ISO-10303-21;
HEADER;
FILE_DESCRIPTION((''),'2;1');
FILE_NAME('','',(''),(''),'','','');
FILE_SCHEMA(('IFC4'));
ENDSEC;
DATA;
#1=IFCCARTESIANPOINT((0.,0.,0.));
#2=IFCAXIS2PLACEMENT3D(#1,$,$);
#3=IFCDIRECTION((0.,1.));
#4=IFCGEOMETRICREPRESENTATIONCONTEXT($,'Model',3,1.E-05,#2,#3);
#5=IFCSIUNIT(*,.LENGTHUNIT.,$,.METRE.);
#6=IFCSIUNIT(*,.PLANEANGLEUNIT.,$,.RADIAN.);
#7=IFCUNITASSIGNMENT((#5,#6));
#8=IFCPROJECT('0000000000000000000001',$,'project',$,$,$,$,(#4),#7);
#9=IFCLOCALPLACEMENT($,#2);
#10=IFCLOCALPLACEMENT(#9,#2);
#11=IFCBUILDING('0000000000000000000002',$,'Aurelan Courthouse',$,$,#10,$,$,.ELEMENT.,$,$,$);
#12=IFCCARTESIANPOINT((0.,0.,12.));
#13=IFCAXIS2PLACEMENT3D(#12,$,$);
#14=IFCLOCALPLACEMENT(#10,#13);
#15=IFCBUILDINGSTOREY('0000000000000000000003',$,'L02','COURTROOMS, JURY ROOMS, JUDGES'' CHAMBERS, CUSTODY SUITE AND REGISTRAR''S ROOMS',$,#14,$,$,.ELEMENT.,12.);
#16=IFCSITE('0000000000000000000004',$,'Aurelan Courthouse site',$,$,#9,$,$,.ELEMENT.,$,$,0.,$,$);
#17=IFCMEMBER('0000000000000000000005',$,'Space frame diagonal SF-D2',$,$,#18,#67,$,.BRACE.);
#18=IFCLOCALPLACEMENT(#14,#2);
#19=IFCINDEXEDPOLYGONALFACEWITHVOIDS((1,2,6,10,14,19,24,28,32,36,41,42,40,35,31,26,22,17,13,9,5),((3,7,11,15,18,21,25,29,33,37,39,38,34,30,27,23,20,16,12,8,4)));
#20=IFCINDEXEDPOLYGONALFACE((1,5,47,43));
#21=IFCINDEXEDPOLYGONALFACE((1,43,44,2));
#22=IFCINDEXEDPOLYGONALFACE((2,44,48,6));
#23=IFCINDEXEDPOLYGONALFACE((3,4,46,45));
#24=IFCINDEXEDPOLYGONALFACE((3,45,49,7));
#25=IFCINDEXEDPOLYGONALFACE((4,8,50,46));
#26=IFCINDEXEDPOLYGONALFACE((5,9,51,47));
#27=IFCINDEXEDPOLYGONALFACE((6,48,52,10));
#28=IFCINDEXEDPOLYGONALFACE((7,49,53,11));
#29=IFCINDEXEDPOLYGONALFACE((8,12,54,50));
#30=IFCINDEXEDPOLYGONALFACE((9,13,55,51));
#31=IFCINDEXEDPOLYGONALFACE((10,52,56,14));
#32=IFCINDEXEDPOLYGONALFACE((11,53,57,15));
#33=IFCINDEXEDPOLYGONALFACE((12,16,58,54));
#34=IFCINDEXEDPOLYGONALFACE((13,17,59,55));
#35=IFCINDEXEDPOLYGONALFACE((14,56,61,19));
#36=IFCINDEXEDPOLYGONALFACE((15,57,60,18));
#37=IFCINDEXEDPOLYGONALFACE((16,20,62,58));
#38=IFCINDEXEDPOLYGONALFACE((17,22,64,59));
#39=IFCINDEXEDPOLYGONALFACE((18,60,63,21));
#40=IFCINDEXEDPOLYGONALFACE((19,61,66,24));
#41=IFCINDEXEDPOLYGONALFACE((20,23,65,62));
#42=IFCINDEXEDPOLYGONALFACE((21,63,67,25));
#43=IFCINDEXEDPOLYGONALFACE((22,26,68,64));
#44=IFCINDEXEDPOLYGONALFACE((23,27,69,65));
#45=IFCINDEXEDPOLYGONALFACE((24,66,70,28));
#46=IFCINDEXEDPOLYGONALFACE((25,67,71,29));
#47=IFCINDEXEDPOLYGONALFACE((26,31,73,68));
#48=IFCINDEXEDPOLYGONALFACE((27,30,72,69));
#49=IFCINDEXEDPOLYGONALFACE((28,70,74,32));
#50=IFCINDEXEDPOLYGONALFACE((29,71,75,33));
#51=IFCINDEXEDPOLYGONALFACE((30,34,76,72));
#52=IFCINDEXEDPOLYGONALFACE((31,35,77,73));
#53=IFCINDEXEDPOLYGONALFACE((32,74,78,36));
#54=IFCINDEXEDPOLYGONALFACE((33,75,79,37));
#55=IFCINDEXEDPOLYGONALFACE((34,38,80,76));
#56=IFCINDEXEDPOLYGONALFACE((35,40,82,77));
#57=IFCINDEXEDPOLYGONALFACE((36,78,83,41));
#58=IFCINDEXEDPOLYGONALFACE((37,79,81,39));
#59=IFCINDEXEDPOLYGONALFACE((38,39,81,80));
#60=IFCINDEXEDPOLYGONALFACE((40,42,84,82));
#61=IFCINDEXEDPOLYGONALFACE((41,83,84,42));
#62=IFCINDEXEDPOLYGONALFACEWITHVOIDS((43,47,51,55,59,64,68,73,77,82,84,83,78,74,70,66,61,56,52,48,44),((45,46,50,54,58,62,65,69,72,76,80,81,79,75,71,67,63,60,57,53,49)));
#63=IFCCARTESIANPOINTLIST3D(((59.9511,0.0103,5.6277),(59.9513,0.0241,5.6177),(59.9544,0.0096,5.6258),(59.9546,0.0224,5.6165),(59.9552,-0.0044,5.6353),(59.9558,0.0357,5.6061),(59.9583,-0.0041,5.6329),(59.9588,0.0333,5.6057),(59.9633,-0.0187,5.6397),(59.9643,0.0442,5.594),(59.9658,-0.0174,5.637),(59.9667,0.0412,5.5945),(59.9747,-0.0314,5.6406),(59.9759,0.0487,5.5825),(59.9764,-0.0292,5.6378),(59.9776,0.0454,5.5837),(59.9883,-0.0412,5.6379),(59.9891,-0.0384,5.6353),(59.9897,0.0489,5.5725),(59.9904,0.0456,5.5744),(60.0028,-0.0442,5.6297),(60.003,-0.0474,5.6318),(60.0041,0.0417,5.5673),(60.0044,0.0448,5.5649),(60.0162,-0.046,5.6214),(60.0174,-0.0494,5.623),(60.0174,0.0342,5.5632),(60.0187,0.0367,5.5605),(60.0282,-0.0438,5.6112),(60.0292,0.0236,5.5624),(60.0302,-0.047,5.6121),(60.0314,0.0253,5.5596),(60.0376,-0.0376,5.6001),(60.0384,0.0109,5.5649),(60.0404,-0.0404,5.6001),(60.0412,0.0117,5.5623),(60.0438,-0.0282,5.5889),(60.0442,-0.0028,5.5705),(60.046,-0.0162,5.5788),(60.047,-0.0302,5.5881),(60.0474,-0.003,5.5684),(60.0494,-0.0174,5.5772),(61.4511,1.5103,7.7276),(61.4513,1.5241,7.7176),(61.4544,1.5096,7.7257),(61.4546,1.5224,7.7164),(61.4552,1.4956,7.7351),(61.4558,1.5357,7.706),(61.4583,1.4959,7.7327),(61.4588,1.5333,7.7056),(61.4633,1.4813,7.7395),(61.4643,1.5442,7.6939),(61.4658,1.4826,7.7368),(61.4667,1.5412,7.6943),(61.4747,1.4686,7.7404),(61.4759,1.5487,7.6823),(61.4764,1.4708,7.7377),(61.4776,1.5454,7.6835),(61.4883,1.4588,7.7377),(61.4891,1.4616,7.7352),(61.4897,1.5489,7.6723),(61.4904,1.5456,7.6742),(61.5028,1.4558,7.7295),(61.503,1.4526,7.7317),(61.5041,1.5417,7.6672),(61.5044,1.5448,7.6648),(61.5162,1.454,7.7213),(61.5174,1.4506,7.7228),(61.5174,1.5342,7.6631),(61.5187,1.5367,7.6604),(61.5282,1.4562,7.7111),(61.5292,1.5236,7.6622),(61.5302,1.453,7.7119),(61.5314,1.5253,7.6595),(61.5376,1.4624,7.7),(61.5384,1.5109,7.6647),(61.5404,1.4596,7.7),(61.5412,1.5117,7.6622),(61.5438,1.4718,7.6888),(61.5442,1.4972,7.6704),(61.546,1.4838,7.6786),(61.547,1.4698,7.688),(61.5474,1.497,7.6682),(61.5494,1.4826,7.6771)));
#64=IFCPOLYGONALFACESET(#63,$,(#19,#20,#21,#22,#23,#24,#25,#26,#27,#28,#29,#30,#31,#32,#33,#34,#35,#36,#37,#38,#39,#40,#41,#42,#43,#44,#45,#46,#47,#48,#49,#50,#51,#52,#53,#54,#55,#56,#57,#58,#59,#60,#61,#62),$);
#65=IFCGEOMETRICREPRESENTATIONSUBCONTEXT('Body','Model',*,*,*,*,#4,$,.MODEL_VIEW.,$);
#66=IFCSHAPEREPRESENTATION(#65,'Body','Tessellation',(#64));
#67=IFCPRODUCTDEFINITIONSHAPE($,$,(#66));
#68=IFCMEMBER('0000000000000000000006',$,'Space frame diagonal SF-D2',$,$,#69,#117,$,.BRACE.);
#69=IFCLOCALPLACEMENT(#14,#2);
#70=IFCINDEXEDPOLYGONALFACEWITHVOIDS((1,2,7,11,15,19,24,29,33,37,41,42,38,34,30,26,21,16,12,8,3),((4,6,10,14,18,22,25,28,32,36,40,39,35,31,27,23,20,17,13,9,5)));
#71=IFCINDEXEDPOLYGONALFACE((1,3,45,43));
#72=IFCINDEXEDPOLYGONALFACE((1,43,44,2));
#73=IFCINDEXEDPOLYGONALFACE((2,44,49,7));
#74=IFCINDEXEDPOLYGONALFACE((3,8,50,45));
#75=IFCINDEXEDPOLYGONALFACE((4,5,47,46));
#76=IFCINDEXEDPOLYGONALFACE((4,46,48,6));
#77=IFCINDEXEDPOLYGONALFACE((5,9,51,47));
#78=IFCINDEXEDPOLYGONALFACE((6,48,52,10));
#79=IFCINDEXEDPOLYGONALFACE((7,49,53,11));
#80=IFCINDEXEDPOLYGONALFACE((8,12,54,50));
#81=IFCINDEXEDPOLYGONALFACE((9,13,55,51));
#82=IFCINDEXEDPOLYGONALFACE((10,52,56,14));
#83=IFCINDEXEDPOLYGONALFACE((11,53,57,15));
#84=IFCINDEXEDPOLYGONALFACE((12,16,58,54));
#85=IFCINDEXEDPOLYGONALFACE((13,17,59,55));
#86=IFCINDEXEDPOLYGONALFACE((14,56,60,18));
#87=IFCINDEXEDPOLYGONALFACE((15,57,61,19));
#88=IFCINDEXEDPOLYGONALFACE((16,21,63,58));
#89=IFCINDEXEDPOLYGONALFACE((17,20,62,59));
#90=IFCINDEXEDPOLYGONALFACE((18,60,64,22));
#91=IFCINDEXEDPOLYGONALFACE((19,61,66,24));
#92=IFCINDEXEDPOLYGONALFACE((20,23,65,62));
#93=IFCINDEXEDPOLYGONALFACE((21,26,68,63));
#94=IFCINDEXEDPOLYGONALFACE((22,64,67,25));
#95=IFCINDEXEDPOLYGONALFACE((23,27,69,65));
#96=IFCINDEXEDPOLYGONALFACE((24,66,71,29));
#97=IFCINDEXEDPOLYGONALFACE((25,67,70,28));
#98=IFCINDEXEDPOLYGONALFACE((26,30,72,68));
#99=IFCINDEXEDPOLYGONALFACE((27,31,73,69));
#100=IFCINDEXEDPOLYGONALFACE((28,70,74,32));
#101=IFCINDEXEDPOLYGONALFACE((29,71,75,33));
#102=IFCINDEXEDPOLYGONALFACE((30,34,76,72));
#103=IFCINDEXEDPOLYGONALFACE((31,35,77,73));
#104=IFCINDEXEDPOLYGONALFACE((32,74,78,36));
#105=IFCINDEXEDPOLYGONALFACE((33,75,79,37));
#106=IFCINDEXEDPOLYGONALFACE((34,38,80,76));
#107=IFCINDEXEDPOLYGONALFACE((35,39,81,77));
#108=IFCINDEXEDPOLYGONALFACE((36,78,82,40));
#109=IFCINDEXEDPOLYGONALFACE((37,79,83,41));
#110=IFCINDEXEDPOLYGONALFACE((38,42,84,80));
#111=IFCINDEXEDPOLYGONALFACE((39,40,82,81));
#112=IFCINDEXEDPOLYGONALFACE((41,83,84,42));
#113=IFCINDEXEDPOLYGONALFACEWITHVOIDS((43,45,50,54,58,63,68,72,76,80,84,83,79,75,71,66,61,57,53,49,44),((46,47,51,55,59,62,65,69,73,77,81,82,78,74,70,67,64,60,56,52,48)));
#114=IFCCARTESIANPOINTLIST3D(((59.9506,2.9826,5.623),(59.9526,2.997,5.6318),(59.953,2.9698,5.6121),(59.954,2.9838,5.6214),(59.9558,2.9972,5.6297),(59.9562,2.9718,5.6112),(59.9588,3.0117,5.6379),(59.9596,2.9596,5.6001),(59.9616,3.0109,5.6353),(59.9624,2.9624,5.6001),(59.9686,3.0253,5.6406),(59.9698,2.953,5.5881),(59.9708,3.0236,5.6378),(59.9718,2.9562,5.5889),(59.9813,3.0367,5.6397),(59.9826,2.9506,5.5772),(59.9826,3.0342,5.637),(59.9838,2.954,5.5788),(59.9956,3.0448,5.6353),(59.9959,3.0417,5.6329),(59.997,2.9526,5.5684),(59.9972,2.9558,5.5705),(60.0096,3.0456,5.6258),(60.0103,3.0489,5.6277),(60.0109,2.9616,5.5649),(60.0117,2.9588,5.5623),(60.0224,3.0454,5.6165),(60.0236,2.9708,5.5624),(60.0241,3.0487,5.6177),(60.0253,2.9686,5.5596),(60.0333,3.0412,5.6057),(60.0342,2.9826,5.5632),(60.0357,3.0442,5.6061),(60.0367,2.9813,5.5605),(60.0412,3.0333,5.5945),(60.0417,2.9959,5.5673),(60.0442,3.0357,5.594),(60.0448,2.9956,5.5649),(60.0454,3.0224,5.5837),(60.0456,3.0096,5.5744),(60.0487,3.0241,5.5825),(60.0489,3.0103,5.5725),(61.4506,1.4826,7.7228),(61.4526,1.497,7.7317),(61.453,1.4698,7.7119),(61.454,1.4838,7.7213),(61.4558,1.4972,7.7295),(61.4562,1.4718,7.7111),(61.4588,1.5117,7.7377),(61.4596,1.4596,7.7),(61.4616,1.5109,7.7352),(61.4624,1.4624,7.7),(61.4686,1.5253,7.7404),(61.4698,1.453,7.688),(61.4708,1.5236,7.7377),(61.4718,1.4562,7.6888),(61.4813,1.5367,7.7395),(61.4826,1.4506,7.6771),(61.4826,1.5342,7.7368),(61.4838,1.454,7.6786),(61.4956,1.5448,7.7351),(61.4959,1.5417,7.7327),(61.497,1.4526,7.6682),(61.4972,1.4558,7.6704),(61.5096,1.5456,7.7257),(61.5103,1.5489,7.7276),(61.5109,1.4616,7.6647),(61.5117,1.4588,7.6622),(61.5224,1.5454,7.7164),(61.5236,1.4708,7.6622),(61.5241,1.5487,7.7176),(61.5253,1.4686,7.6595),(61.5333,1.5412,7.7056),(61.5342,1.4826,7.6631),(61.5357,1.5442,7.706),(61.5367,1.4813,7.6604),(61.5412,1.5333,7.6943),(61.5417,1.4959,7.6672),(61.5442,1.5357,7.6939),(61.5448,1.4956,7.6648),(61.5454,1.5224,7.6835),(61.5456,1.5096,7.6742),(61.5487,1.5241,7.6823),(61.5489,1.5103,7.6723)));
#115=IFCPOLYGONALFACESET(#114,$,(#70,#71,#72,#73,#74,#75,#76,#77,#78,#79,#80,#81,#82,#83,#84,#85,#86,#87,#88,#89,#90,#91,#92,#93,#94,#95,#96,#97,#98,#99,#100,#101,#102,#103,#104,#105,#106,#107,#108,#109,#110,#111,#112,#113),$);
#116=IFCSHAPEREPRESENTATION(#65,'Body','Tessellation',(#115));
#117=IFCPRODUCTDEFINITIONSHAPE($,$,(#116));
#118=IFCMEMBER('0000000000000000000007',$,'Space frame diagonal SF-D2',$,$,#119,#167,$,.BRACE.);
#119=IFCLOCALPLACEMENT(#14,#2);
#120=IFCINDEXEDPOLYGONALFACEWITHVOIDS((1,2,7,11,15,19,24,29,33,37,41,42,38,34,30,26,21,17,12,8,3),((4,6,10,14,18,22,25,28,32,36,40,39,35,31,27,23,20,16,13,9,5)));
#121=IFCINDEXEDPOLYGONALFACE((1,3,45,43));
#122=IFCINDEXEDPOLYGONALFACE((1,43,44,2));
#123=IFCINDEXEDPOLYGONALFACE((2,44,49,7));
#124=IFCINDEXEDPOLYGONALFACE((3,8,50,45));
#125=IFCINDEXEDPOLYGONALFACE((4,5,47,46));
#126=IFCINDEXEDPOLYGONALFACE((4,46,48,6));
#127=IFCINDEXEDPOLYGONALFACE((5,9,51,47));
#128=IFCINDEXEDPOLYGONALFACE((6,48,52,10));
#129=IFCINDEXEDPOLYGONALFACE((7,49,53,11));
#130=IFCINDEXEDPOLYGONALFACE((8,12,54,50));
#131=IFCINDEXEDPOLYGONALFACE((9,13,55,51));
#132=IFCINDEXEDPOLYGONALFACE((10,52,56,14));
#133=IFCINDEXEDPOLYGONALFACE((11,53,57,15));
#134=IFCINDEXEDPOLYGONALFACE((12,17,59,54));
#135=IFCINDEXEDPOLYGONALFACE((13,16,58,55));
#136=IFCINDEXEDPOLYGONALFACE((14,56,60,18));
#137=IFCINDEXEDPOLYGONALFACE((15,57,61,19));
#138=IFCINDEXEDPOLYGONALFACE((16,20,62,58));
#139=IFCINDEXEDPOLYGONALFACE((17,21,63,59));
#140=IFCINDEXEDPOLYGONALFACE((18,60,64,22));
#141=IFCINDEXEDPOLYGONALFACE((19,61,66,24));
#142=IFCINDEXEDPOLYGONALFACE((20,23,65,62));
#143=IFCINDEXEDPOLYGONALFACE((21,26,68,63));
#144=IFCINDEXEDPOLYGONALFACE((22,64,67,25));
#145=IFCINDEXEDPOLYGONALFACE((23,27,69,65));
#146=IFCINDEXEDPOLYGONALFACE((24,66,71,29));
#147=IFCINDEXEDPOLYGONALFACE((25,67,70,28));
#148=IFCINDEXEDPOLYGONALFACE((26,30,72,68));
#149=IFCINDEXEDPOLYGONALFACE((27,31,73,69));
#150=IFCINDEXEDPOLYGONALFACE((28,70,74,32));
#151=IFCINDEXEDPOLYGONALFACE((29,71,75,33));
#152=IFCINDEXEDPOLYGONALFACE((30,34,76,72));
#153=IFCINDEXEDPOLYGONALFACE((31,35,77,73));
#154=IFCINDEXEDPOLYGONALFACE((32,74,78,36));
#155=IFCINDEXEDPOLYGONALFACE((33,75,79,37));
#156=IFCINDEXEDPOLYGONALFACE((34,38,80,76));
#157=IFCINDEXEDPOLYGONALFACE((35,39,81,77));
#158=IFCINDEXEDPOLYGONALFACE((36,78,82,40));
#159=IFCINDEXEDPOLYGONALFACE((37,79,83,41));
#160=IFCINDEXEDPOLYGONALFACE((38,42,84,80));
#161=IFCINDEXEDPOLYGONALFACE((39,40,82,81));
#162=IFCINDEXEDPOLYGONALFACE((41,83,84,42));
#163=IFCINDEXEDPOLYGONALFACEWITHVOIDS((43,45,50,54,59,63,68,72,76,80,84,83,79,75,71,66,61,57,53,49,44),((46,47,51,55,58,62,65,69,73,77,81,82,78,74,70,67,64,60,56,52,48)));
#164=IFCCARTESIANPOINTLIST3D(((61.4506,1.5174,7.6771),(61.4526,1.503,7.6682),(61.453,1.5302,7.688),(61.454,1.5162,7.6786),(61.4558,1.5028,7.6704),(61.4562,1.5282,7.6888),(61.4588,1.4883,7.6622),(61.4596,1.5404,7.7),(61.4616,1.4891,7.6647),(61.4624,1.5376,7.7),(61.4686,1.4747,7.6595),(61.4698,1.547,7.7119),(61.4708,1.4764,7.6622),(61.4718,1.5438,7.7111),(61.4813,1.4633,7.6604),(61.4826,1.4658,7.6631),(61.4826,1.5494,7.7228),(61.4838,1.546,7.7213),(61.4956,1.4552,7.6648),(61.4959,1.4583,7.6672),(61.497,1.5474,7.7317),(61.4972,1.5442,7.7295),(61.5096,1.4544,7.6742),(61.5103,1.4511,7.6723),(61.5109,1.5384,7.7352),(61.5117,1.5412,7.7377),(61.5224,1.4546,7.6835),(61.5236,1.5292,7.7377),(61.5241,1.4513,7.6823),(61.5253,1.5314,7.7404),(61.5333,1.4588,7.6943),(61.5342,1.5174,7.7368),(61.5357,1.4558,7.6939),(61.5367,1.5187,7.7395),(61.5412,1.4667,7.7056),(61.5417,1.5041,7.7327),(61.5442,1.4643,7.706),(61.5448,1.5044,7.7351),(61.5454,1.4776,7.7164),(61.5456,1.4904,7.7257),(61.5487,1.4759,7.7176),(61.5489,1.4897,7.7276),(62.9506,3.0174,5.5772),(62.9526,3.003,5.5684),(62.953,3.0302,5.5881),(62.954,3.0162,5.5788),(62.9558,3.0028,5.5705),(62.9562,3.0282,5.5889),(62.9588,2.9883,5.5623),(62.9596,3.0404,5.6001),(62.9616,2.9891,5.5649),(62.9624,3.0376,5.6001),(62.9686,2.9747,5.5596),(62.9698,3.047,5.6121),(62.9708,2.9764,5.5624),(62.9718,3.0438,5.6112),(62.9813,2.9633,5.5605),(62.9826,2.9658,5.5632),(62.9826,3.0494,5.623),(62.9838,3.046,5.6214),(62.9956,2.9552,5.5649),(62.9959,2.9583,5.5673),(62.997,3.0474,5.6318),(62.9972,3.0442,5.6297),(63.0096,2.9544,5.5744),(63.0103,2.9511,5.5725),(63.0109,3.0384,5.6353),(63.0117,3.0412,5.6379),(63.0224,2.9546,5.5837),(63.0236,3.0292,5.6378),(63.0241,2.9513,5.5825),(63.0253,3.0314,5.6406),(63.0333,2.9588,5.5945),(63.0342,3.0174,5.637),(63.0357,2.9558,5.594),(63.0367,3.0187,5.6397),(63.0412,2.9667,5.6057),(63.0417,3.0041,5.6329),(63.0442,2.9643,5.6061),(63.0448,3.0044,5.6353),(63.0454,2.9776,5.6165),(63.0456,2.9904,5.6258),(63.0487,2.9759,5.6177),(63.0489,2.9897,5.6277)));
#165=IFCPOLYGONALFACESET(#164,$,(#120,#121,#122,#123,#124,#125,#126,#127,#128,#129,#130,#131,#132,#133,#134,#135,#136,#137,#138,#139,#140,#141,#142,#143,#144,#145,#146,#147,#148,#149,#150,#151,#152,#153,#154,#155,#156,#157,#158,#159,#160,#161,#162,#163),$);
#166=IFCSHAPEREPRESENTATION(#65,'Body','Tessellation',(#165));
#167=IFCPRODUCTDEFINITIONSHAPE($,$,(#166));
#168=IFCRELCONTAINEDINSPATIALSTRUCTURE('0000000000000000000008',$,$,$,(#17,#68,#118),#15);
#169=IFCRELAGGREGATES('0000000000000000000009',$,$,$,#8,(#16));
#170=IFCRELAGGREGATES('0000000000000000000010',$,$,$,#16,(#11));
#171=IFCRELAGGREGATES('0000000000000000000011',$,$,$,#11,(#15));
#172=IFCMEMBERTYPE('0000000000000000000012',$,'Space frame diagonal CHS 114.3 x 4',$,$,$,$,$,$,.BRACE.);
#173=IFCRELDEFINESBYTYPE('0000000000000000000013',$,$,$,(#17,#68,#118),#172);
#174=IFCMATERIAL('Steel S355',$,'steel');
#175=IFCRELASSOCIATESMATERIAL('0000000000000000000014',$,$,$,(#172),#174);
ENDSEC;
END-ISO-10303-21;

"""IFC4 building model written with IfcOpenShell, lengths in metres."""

from ifc_helpers import new_model, si_unit, direction, frame, origin, origin_2d, place, context, subcontext, project, spatial, hollow_circle, extrude, material, material_profile, profile_set, type_object, element, save


model = new_model("IFC4")

# Units and contexts
model_context = context("Model", 3, precision=1e-05, world=origin(), true_north=direction((0.0, 1.0)))
body_context = subcontext(model_context, "Body", "Model", "MODEL_VIEW")
ifc_project = project(units=[si_unit("LENGTHUNIT", "METRE"), si_unit("PLANEANGLEUNIT", "RADIAN")], contexts=[model_context])

# Site, building, storey
site_placement = place(None, origin())
site = spatial("IfcSite", under=ifc_project, at=site_placement, Name="Aurelan Courthouse site", CompositionType="ELEMENT", RefElevation=0.0)
building_placement = place(site_placement, origin())
building = spatial("IfcBuilding", under=site, at=building_placement, Name="Aurelan Courthouse", CompositionType="ELEMENT")
storey_placement = place(building_placement, frame((0.0, 0.0, 12.0)))
storey = spatial("IfcBuildingStorey", under=building, at=storey_placement, Name="L02", Description="COURTROOMS, JURY ROOMS, JUDGES' CHAMBERS, CUSTODY SUITE AND REGISTRAR'S ROOMS", CompositionType="ELEMENT", Elevation=12.0)

# Members
ifc_material_1 = material(Name="Steel S355", Category="steel")
ifc_material_profile_1 = material_profile(ifc_material_1, hollow_circle(Radius=0.0571, WallThickness=0.0039, at=origin_2d()), Name="CHS 114.3 x 4")
ifc_profile_set_1 = profile_set([ifc_material_profile_1], Name="Steel S355")
member_type_1 = type_object("IfcMemberType", Name="Space frame diagonal CHS 114.3 x 4", PredefinedType="BRACE", material=ifc_profile_set_1)
for number, where, z_axis, x_axis, name in (
    (1, (61.5, 1.5, 7.7), (-0.502536, -0.502536, -0.703502), (0.707107, -0.707107, 0.0), "Space frame diagonal SF-D2"),
    (2, (61.5, 1.5, 7.7), (-0.502536, 0.502536, -0.703502), (-0.707107, -0.707107, 0.0), "Space frame diagonal SF-D2"),
    (3, (61.5, 1.5, 7.7), (0.502536, 0.502536, -0.703502), (-0.707107, 0.707107, 0.0), "Space frame diagonal SF-D2"),
):
    element("IfcMember", number, at=place(storey_placement, frame(where, z_axis=z_axis, x_axis=x_axis)), inside=storey, type_object=member_type_1, Name=name, PredefinedType="BRACE", context=body_context, shape_type="SweptSolid", body=[
        extrude(hollow_circle(Radius=0.0571, WallThickness=0.0039, at=origin_2d()), origin(), (0.0, 0.0, 1.0), 2.9849),
    ])

save(model, "model.ifc")
